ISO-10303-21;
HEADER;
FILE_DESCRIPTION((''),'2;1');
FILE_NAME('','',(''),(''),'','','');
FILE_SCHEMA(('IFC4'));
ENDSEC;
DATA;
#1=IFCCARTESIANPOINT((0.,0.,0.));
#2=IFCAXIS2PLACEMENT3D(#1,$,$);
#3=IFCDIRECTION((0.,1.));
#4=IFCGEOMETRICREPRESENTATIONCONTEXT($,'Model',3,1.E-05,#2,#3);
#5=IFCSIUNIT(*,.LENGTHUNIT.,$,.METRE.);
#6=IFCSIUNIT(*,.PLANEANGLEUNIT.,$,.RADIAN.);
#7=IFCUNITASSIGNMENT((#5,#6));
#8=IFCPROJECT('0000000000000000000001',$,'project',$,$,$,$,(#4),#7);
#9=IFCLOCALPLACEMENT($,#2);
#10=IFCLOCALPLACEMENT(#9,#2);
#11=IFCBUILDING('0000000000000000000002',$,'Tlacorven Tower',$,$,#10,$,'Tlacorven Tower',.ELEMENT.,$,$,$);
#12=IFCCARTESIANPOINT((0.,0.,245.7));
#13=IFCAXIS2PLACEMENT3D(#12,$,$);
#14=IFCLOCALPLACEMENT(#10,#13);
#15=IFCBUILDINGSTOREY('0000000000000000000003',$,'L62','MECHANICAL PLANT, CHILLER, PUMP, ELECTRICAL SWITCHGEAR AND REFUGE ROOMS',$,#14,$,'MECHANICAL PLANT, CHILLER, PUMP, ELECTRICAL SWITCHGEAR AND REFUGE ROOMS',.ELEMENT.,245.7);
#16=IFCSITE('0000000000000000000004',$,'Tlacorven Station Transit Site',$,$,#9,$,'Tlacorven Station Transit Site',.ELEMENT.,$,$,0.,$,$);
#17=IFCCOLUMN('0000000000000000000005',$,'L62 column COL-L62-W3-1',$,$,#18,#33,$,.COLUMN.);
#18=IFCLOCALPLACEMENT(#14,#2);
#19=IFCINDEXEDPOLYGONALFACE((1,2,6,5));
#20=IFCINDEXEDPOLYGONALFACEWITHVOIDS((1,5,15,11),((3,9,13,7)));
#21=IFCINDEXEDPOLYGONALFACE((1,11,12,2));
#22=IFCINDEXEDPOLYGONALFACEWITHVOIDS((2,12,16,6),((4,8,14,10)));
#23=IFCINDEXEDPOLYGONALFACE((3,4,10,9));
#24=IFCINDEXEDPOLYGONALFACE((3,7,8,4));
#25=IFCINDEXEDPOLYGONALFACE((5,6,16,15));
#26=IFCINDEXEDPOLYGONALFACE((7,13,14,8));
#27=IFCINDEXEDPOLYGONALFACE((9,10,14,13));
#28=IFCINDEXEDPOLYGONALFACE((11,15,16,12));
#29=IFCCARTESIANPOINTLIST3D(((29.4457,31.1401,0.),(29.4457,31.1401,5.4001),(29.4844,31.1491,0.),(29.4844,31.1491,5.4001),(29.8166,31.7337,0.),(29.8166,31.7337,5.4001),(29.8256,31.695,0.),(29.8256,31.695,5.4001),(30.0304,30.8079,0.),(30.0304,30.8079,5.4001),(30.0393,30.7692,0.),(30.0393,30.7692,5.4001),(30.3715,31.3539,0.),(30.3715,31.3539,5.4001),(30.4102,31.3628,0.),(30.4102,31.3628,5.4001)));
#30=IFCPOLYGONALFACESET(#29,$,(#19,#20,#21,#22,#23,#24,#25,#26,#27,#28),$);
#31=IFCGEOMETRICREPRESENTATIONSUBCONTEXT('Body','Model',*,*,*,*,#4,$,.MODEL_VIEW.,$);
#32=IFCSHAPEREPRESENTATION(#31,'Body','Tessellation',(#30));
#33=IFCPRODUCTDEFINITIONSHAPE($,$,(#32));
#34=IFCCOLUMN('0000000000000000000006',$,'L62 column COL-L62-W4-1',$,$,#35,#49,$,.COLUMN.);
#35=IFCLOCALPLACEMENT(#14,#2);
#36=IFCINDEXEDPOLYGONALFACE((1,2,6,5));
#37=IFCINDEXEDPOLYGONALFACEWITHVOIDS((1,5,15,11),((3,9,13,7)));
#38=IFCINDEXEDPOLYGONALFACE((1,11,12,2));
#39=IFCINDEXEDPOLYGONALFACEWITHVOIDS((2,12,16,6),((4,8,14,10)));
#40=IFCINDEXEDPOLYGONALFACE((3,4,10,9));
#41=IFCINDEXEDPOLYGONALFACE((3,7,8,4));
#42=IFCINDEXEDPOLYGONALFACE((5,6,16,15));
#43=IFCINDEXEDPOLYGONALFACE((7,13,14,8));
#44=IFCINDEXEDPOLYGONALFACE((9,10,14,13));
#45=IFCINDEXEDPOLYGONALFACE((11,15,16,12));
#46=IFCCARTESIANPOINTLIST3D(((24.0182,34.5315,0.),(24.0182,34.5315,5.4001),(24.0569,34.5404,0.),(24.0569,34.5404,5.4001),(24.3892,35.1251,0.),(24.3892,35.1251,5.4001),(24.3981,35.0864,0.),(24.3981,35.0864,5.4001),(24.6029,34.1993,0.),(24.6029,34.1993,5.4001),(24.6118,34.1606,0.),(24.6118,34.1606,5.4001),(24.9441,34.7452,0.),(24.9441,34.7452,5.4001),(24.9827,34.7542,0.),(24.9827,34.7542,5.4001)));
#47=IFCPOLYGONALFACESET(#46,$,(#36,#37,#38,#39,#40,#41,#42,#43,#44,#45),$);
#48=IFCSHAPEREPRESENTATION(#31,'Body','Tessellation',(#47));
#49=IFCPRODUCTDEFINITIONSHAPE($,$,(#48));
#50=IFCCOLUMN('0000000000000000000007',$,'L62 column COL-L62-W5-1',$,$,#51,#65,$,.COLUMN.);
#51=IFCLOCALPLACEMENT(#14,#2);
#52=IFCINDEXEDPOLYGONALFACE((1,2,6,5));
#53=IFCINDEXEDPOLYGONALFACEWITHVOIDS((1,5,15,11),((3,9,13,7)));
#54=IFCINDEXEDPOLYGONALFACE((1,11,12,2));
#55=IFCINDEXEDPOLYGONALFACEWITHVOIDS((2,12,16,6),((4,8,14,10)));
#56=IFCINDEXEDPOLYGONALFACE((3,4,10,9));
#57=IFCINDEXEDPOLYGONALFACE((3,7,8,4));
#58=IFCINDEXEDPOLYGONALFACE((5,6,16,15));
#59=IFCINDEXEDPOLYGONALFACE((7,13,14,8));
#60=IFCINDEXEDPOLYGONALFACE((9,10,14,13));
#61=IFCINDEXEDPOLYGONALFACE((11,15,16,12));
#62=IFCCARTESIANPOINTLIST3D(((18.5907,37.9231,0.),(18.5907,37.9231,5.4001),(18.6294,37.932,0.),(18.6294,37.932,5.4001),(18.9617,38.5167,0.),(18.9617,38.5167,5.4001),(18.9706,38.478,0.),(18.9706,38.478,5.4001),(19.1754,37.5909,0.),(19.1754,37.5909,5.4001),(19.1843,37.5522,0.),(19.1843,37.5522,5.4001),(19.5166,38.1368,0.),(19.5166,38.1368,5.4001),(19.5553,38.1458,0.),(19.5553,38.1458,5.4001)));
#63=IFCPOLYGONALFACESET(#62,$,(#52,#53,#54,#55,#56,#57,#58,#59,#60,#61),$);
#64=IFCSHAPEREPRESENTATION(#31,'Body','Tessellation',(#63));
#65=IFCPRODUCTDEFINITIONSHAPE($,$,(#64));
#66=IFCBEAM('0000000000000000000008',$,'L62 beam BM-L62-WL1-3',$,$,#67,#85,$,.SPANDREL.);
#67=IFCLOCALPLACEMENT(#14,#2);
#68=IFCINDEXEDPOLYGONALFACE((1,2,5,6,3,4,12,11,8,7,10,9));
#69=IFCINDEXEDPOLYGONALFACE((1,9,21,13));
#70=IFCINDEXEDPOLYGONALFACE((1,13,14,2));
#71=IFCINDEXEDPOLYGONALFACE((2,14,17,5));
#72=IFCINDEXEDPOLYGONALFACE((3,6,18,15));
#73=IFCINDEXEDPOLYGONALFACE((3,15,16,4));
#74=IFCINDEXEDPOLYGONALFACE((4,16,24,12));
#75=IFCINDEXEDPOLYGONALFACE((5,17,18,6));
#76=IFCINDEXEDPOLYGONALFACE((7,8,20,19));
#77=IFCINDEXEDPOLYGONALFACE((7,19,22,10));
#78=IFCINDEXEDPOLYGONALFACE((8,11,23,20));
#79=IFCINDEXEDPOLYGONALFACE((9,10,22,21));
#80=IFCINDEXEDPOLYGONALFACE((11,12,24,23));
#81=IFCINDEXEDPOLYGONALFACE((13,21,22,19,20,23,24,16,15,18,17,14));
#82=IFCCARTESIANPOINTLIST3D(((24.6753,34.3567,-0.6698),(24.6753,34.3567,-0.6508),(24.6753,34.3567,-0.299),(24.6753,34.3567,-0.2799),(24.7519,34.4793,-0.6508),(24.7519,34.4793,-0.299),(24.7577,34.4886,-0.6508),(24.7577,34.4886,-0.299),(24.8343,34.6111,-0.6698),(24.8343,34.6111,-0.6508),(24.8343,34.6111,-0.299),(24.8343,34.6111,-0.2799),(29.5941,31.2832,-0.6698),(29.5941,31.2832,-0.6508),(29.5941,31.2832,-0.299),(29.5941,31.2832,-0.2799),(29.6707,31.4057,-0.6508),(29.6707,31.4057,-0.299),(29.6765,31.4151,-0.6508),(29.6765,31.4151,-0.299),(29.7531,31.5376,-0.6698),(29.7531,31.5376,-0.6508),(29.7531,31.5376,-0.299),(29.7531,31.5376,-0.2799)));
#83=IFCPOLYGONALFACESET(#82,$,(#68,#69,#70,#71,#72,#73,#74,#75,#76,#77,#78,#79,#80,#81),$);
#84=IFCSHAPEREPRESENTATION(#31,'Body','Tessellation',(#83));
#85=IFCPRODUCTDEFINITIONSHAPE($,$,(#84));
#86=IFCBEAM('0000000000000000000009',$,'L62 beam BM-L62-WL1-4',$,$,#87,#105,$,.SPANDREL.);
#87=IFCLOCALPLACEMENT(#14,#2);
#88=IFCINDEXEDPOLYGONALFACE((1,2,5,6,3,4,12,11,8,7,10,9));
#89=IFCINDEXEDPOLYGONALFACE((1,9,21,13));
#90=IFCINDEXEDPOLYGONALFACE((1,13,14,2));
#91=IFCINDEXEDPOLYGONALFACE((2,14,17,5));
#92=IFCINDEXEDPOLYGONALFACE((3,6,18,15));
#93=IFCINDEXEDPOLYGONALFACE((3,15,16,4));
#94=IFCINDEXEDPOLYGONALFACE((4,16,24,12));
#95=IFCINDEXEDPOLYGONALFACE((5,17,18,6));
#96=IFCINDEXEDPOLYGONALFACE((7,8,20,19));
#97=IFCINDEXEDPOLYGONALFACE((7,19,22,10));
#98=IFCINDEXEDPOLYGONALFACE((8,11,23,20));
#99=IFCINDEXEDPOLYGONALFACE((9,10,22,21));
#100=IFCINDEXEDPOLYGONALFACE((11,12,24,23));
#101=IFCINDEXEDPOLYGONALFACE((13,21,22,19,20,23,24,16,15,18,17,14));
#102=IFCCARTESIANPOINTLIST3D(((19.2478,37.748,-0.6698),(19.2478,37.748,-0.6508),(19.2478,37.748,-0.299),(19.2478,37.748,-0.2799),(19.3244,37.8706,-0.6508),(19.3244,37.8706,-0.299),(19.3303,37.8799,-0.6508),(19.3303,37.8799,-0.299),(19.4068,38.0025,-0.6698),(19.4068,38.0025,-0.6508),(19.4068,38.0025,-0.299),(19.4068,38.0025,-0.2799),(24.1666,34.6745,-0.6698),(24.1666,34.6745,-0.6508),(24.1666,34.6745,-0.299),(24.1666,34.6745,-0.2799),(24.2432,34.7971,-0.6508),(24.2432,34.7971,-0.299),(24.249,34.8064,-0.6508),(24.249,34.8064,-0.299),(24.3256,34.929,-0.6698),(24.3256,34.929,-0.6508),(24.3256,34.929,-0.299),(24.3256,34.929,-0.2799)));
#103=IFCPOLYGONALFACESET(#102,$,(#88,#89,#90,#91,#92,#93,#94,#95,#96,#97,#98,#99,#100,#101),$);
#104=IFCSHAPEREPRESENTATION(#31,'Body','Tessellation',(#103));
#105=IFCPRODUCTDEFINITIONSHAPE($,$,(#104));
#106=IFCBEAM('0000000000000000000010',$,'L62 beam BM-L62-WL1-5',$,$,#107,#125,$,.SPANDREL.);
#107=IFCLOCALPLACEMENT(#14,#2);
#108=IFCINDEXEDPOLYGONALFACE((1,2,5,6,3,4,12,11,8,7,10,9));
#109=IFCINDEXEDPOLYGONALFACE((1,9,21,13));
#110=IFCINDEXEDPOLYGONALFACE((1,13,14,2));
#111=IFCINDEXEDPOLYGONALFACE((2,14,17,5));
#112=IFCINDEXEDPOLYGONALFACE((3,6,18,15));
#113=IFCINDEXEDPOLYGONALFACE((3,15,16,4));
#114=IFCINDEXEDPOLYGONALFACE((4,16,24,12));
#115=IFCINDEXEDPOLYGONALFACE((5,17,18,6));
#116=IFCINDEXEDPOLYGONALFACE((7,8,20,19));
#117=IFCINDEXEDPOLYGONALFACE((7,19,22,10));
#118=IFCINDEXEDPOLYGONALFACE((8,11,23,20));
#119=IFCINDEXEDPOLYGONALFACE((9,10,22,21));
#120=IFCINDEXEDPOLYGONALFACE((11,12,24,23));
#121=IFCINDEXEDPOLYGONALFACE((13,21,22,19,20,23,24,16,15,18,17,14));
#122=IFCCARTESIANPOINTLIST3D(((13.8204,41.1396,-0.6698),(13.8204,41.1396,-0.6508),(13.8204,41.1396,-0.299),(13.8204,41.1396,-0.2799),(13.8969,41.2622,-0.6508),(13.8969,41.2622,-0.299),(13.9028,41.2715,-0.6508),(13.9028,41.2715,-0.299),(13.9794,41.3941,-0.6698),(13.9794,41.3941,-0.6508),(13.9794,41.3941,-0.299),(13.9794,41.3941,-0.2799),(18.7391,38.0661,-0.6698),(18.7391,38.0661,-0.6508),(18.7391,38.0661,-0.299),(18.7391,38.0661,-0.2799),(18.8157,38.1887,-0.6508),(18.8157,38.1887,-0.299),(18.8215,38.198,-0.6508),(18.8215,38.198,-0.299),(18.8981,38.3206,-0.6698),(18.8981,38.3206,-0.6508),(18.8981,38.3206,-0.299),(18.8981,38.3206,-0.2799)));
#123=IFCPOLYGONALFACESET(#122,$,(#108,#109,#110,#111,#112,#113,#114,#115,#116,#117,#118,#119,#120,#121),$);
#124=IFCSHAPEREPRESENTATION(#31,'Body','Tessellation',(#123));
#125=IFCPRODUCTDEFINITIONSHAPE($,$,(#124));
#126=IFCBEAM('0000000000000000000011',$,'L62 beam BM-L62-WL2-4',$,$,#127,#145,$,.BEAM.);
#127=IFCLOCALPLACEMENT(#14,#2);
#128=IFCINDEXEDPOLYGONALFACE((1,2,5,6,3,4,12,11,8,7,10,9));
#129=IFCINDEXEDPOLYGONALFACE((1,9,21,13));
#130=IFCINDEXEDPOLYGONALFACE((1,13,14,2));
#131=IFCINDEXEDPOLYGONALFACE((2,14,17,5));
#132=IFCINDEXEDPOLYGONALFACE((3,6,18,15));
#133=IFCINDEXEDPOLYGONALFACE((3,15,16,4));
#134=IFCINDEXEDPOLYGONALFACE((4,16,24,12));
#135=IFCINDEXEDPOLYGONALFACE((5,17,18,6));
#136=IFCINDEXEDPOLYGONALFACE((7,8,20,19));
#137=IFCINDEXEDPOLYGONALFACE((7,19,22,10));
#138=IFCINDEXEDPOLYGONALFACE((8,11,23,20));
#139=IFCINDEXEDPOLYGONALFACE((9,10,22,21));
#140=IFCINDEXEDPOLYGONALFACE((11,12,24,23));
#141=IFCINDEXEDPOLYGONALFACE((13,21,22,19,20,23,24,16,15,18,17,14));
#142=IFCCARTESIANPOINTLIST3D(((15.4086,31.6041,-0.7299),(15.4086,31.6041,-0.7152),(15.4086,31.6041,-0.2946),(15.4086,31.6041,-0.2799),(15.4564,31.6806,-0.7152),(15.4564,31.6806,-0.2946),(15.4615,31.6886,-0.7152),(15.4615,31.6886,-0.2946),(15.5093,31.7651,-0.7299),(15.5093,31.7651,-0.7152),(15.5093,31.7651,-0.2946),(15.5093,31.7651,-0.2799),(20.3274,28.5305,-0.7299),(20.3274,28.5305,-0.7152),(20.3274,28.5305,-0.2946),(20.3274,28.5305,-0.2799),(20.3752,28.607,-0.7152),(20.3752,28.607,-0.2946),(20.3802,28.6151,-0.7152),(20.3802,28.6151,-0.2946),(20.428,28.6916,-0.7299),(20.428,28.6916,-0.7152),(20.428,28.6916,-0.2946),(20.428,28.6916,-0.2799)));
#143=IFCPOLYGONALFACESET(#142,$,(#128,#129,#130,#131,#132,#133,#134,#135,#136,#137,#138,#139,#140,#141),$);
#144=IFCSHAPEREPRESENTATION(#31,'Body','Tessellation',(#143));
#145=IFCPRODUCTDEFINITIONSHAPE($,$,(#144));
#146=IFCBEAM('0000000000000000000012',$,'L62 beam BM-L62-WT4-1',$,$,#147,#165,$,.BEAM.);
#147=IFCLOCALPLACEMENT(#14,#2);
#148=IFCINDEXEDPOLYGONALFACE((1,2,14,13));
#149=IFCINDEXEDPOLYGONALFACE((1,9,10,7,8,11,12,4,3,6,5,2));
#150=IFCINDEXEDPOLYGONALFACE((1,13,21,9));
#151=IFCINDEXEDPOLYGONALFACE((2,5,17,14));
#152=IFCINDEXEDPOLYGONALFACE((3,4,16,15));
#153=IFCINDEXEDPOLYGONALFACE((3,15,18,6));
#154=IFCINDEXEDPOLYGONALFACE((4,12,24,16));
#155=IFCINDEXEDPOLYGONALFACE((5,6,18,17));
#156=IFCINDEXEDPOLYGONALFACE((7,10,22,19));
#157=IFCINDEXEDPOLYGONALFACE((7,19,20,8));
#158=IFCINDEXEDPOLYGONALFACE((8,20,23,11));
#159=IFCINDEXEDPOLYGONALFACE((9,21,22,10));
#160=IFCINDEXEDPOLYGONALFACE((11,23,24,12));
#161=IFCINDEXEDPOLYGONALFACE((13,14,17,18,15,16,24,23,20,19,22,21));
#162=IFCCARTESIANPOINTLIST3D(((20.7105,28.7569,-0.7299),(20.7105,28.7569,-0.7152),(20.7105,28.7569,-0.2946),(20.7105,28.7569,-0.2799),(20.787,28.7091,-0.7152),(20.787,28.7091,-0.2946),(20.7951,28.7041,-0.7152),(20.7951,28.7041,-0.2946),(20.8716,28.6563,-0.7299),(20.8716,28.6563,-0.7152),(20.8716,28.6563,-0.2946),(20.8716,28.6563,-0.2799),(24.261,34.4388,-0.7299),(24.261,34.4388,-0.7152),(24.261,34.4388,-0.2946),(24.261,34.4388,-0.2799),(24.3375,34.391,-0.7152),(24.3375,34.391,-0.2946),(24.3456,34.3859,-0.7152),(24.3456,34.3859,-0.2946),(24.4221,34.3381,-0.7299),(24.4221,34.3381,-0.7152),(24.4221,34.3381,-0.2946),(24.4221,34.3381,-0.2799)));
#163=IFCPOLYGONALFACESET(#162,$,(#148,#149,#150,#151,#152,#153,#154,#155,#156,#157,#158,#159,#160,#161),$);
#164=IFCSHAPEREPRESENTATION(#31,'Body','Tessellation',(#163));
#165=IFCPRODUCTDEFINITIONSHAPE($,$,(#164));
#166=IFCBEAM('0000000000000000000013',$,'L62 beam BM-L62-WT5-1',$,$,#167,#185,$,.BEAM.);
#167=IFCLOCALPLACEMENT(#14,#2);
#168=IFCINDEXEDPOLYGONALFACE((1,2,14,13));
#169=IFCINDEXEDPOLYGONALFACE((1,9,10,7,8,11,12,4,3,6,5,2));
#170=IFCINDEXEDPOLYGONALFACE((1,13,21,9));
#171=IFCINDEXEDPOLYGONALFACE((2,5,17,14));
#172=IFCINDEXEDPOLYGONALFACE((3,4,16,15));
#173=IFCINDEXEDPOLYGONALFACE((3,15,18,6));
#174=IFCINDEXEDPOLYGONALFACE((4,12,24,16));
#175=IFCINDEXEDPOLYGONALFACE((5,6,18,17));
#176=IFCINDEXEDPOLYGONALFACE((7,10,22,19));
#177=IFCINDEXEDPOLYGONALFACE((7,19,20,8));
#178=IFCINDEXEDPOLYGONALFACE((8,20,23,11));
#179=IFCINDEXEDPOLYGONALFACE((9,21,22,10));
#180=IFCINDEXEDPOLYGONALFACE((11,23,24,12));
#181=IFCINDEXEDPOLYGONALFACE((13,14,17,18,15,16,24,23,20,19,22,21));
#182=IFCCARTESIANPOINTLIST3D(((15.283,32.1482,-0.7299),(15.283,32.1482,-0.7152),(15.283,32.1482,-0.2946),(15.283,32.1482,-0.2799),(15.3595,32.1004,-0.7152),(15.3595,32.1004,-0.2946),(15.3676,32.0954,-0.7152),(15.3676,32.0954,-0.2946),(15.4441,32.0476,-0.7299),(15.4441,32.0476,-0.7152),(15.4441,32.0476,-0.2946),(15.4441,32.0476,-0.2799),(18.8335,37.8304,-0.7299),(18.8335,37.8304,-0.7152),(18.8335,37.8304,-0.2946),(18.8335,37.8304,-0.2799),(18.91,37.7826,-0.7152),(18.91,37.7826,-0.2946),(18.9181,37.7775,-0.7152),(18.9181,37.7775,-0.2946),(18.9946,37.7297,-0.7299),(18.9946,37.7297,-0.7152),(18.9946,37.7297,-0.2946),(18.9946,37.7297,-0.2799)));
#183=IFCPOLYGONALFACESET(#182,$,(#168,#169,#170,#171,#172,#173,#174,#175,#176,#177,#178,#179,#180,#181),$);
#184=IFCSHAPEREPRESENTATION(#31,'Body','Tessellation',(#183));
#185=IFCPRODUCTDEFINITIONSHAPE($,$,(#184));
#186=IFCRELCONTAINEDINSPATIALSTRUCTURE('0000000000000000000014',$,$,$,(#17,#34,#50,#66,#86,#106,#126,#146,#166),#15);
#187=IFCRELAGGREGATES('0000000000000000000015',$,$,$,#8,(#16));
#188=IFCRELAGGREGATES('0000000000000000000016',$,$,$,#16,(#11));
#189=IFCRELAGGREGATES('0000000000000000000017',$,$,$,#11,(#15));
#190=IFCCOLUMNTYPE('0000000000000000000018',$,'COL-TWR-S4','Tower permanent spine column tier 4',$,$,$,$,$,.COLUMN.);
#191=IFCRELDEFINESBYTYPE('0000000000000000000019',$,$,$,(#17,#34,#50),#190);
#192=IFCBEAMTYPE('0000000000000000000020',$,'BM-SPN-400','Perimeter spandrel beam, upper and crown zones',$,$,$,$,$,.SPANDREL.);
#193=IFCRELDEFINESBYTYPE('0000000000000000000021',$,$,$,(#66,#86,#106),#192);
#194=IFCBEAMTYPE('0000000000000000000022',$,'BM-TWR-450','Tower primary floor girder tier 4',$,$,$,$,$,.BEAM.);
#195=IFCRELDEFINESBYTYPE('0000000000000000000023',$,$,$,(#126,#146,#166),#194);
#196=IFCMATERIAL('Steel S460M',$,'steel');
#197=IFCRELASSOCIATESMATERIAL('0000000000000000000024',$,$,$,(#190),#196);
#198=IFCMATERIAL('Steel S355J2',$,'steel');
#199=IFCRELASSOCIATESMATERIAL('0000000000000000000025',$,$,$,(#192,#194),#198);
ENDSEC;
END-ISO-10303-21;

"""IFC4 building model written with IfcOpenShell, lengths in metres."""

from ifc_helpers import new_model, si_unit, direction, frame, origin, origin_2d, place, context, subcontext, project, spatial, hollow_rectangle, i_section, extrude, source, transform, mapped, material, material_profile, profile_set, type_object, element, save


model = new_model("IFC4")

# Units and contexts
model_context = context("Model", 3, precision=1e-05, world=origin(), true_north=direction((0.0, 1.0)))
body_context = subcontext(model_context, "Body", "Model", "MODEL_VIEW")
ifc_project = project(units=[si_unit("LENGTHUNIT", "METRE"), si_unit("PLANEANGLEUNIT", "RADIAN")], contexts=[model_context])

# Site, building, storey
site_placement = place(None, origin())
site = spatial("IfcSite", under=ifc_project, at=site_placement, Name="Tlacorven Station Transit Site", LongName="Tlacorven Station Transit Site", CompositionType="ELEMENT", RefElevation=0.0)
building_placement = place(site_placement, origin())
building = spatial("IfcBuilding", under=site, at=building_placement, Name="Tlacorven Tower", LongName="Tlacorven Tower", CompositionType="ELEMENT")
storey_placement = place(building_placement, frame((0.0, 0.0, 245.7)))
storey = spatial("IfcBuildingStorey", under=building, at=storey_placement, Name="L62", Description="MECHANICAL PLANT, CHILLER, PUMP, ELECTRICAL SWITCHGEAR AND REFUGE ROOMS", LongName="MECHANICAL PLANT, CHILLER, PUMP, ELECTRICAL SWITCHGEAR AND REFUGE ROOMS", CompositionType="ELEMENT", Elevation=245.7)

# Columns
ifc_material_1 = material(Name="Steel S460M", Category="steel")
ifc_material_profile_1 = material_profile(ifc_material_1, hollow_rectangle(XDim=0.7, YDim=0.7, WallThickness=0.0281, at=origin_2d()), Name="BOX 700X700X28")
ifc_profile_set_1 = profile_set([ifc_material_profile_1], Name="Steel S460M")
column_type = type_object("IfcColumnType", Name="COL-TWR-S4", Description="Tower permanent spine column tier 4", PredefinedType="COLUMN", material=ifc_profile_set_1)
shared_shape_1 = source(origin(), body_context, "Body", "SweptSolid", [
    extrude(hollow_rectangle(XDim=0.7, YDim=0.7, WallThickness=0.0281, at=origin_2d()), origin(), (0.0, 0.0, 1.0), 5.4001),
])
for number, where, z_axis, x_axis, name in (
    (1, (29.928, 31.2515, 0.0), (0.0, 0.0, 1.0), (-0.848048, 0.529919, 0.0), "L62 column COL-L62-W3-1"),
    (2, (24.5005, 34.6428, 0.0), (0.0, 0.0, 1.0), (-0.848048, 0.529919, 0.0), "L62 column COL-L62-W4-1"),
    (3, (19.073, 38.0344, 0.0), (0.0, 0.0, 1.0), (-0.848048, 0.529919, 0.0), "L62 column COL-L62-W5-1"),
):
    element("IfcColumn", number, at=place(storey_placement, frame(where, z_axis=z_axis, x_axis=x_axis)), inside=storey, type_object=column_type, Name=name, PredefinedType="COLUMN", context=body_context, shape_type="MappedRepresentation", body=[
        mapped(shared_shape_1, transform((0.0, 0.0, 0.0), scale=1.0)),
    ])

# Beams
ifc_material_2 = material(Name="Steel S355J2", Category="steel")
ifc_material_profile_2 = material_profile(ifc_material_2, i_section(OverallWidth=0.3, OverallDepth=0.3899, WebThickness=0.011, FlangeThickness=0.019, at=origin_2d()), Name="HEA 400")
ifc_profile_set_2 = profile_set([ifc_material_profile_2], Name="Steel S355J2")
beam_type_1 = type_object("IfcBeamType", Name="BM-SPN-400", Description="Perimeter spandrel beam, upper and crown zones", PredefinedType="SPANDREL", material=ifc_profile_set_2)
shared_shape_2 = source(origin(), body_context, "Body", "SweptSolid", [
    extrude(i_section(OverallWidth=0.3, OverallDepth=0.3899, WebThickness=0.011, FlangeThickness=0.019, at=origin_2d()), origin(), (0.0, 0.0, 1.0), 5.8),
])
for number, where, z_axis, x_axis, name in (
    (4, (29.6736, 31.4104, -0.4749), (-0.848053, 0.529912, 0.0), (-0.529912, -0.848053, 0.0), "L62 beam BM-L62-WL1-3"),
    (5, (24.2461, 34.8018, -0.4749), (-0.848053, 0.529912, 0.0), (-0.529912, -0.848053, 0.0), "L62 beam BM-L62-WL1-4"),
    (6, (18.8186, 38.1934, -0.4749), (-0.848053, 0.529912, 0.0), (-0.529912, -0.848053, 0.0), "L62 beam BM-L62-WL1-5"),
):
    element("IfcBeam", number, at=place(storey_placement, frame(where, z_axis=z_axis, x_axis=x_axis)), inside=storey, type_object=beam_type_1, Name=name, PredefinedType="SPANDREL", context=body_context, shape_type="MappedRepresentation", body=[
        mapped(shared_shape_2, transform((0.0, 0.0, 0.0), scale=1.0)),
    ])
ifc_material_profile_3 = material_profile(ifc_material_2, i_section(OverallWidth=0.1899, OverallDepth=0.45, WebThickness=0.0095, FlangeThickness=0.0146, at=origin_2d()), Name="IPE 450")
ifc_profile_set_3 = profile_set([ifc_material_profile_3], Name="Steel S355J2")
beam_type_2 = type_object("IfcBeamType", Name="BM-TWR-450", Description="Tower primary floor girder tier 4", PredefinedType="BEAM", material=ifc_profile_set_3)
shared_shape_3 = source(origin(), body_context, "Body", "SweptSolid", [
    extrude(i_section(OverallWidth=0.1899, OverallDepth=0.45, WebThickness=0.0095, FlangeThickness=0.0146, at=origin_2d()), origin(), (0.0, 0.0, 1.0), 5.8),
])
beam_1_placement = place(storey_placement, frame((20.3777, 28.6111, -0.5049), z_axis=(-0.848053, 0.529912, 0.0), x_axis=(-0.529912, -0.848053, 0.0)))
element("IfcBeam", 7, at=beam_1_placement, inside=storey, type_object=beam_type_2, Name="L62 beam BM-L62-WL2-4", PredefinedType="BEAM", context=body_context, shape_type="MappedRepresentation", body=[
    mapped(shared_shape_3, transform((0.0, 0.0, 0.0), scale=1.0)),
])
shared_shape_4 = source(origin(), body_context, "Body", "SweptSolid", [
    extrude(i_section(OverallWidth=0.1899, OverallDepth=0.45, WebThickness=0.0095, FlangeThickness=0.0146, at=origin_2d()), origin(), (0.0, 0.0, 1.0), 6.7),
])
beam_2_placement = place(storey_placement, frame((24.3416, 34.3884, -0.5049), z_axis=(-0.52993, -0.848041, 0.0), x_axis=(0.848041, -0.52993, 0.0)))
element("IfcBeam", 8, at=beam_2_placement, inside=storey, type_object=beam_type_2, Name="L62 beam BM-L62-WT4-1", PredefinedType="BEAM", context=body_context, shape_type="MappedRepresentation", body=[
    mapped(shared_shape_4, transform((0.0, 0.0, 0.0), scale=1.0)),
])
shared_shape_5 = source(origin(), body_context, "Body", "SweptSolid", [
    extrude(i_section(OverallWidth=0.1899, OverallDepth=0.45, WebThickness=0.0095, FlangeThickness=0.0146, at=origin_2d()), origin(), (0.0, 0.0, 1.0), 6.7002),
])
beam_3_placement = place(storey_placement, frame((18.9141, 37.78, -0.5049), z_axis=(-0.529914, -0.848052, 0.0), x_axis=(0.848052, -0.529914, 0.0)))
element("IfcBeam", 9, at=beam_3_placement, inside=storey, type_object=beam_type_2, Name="L62 beam BM-L62-WT5-1", PredefinedType="BEAM", context=body_context, shape_type="MappedRepresentation", body=[
    mapped(shared_shape_5, transform((0.0, 0.0, 0.0), scale=1.0)),
])

save(model, "model.ifc")
